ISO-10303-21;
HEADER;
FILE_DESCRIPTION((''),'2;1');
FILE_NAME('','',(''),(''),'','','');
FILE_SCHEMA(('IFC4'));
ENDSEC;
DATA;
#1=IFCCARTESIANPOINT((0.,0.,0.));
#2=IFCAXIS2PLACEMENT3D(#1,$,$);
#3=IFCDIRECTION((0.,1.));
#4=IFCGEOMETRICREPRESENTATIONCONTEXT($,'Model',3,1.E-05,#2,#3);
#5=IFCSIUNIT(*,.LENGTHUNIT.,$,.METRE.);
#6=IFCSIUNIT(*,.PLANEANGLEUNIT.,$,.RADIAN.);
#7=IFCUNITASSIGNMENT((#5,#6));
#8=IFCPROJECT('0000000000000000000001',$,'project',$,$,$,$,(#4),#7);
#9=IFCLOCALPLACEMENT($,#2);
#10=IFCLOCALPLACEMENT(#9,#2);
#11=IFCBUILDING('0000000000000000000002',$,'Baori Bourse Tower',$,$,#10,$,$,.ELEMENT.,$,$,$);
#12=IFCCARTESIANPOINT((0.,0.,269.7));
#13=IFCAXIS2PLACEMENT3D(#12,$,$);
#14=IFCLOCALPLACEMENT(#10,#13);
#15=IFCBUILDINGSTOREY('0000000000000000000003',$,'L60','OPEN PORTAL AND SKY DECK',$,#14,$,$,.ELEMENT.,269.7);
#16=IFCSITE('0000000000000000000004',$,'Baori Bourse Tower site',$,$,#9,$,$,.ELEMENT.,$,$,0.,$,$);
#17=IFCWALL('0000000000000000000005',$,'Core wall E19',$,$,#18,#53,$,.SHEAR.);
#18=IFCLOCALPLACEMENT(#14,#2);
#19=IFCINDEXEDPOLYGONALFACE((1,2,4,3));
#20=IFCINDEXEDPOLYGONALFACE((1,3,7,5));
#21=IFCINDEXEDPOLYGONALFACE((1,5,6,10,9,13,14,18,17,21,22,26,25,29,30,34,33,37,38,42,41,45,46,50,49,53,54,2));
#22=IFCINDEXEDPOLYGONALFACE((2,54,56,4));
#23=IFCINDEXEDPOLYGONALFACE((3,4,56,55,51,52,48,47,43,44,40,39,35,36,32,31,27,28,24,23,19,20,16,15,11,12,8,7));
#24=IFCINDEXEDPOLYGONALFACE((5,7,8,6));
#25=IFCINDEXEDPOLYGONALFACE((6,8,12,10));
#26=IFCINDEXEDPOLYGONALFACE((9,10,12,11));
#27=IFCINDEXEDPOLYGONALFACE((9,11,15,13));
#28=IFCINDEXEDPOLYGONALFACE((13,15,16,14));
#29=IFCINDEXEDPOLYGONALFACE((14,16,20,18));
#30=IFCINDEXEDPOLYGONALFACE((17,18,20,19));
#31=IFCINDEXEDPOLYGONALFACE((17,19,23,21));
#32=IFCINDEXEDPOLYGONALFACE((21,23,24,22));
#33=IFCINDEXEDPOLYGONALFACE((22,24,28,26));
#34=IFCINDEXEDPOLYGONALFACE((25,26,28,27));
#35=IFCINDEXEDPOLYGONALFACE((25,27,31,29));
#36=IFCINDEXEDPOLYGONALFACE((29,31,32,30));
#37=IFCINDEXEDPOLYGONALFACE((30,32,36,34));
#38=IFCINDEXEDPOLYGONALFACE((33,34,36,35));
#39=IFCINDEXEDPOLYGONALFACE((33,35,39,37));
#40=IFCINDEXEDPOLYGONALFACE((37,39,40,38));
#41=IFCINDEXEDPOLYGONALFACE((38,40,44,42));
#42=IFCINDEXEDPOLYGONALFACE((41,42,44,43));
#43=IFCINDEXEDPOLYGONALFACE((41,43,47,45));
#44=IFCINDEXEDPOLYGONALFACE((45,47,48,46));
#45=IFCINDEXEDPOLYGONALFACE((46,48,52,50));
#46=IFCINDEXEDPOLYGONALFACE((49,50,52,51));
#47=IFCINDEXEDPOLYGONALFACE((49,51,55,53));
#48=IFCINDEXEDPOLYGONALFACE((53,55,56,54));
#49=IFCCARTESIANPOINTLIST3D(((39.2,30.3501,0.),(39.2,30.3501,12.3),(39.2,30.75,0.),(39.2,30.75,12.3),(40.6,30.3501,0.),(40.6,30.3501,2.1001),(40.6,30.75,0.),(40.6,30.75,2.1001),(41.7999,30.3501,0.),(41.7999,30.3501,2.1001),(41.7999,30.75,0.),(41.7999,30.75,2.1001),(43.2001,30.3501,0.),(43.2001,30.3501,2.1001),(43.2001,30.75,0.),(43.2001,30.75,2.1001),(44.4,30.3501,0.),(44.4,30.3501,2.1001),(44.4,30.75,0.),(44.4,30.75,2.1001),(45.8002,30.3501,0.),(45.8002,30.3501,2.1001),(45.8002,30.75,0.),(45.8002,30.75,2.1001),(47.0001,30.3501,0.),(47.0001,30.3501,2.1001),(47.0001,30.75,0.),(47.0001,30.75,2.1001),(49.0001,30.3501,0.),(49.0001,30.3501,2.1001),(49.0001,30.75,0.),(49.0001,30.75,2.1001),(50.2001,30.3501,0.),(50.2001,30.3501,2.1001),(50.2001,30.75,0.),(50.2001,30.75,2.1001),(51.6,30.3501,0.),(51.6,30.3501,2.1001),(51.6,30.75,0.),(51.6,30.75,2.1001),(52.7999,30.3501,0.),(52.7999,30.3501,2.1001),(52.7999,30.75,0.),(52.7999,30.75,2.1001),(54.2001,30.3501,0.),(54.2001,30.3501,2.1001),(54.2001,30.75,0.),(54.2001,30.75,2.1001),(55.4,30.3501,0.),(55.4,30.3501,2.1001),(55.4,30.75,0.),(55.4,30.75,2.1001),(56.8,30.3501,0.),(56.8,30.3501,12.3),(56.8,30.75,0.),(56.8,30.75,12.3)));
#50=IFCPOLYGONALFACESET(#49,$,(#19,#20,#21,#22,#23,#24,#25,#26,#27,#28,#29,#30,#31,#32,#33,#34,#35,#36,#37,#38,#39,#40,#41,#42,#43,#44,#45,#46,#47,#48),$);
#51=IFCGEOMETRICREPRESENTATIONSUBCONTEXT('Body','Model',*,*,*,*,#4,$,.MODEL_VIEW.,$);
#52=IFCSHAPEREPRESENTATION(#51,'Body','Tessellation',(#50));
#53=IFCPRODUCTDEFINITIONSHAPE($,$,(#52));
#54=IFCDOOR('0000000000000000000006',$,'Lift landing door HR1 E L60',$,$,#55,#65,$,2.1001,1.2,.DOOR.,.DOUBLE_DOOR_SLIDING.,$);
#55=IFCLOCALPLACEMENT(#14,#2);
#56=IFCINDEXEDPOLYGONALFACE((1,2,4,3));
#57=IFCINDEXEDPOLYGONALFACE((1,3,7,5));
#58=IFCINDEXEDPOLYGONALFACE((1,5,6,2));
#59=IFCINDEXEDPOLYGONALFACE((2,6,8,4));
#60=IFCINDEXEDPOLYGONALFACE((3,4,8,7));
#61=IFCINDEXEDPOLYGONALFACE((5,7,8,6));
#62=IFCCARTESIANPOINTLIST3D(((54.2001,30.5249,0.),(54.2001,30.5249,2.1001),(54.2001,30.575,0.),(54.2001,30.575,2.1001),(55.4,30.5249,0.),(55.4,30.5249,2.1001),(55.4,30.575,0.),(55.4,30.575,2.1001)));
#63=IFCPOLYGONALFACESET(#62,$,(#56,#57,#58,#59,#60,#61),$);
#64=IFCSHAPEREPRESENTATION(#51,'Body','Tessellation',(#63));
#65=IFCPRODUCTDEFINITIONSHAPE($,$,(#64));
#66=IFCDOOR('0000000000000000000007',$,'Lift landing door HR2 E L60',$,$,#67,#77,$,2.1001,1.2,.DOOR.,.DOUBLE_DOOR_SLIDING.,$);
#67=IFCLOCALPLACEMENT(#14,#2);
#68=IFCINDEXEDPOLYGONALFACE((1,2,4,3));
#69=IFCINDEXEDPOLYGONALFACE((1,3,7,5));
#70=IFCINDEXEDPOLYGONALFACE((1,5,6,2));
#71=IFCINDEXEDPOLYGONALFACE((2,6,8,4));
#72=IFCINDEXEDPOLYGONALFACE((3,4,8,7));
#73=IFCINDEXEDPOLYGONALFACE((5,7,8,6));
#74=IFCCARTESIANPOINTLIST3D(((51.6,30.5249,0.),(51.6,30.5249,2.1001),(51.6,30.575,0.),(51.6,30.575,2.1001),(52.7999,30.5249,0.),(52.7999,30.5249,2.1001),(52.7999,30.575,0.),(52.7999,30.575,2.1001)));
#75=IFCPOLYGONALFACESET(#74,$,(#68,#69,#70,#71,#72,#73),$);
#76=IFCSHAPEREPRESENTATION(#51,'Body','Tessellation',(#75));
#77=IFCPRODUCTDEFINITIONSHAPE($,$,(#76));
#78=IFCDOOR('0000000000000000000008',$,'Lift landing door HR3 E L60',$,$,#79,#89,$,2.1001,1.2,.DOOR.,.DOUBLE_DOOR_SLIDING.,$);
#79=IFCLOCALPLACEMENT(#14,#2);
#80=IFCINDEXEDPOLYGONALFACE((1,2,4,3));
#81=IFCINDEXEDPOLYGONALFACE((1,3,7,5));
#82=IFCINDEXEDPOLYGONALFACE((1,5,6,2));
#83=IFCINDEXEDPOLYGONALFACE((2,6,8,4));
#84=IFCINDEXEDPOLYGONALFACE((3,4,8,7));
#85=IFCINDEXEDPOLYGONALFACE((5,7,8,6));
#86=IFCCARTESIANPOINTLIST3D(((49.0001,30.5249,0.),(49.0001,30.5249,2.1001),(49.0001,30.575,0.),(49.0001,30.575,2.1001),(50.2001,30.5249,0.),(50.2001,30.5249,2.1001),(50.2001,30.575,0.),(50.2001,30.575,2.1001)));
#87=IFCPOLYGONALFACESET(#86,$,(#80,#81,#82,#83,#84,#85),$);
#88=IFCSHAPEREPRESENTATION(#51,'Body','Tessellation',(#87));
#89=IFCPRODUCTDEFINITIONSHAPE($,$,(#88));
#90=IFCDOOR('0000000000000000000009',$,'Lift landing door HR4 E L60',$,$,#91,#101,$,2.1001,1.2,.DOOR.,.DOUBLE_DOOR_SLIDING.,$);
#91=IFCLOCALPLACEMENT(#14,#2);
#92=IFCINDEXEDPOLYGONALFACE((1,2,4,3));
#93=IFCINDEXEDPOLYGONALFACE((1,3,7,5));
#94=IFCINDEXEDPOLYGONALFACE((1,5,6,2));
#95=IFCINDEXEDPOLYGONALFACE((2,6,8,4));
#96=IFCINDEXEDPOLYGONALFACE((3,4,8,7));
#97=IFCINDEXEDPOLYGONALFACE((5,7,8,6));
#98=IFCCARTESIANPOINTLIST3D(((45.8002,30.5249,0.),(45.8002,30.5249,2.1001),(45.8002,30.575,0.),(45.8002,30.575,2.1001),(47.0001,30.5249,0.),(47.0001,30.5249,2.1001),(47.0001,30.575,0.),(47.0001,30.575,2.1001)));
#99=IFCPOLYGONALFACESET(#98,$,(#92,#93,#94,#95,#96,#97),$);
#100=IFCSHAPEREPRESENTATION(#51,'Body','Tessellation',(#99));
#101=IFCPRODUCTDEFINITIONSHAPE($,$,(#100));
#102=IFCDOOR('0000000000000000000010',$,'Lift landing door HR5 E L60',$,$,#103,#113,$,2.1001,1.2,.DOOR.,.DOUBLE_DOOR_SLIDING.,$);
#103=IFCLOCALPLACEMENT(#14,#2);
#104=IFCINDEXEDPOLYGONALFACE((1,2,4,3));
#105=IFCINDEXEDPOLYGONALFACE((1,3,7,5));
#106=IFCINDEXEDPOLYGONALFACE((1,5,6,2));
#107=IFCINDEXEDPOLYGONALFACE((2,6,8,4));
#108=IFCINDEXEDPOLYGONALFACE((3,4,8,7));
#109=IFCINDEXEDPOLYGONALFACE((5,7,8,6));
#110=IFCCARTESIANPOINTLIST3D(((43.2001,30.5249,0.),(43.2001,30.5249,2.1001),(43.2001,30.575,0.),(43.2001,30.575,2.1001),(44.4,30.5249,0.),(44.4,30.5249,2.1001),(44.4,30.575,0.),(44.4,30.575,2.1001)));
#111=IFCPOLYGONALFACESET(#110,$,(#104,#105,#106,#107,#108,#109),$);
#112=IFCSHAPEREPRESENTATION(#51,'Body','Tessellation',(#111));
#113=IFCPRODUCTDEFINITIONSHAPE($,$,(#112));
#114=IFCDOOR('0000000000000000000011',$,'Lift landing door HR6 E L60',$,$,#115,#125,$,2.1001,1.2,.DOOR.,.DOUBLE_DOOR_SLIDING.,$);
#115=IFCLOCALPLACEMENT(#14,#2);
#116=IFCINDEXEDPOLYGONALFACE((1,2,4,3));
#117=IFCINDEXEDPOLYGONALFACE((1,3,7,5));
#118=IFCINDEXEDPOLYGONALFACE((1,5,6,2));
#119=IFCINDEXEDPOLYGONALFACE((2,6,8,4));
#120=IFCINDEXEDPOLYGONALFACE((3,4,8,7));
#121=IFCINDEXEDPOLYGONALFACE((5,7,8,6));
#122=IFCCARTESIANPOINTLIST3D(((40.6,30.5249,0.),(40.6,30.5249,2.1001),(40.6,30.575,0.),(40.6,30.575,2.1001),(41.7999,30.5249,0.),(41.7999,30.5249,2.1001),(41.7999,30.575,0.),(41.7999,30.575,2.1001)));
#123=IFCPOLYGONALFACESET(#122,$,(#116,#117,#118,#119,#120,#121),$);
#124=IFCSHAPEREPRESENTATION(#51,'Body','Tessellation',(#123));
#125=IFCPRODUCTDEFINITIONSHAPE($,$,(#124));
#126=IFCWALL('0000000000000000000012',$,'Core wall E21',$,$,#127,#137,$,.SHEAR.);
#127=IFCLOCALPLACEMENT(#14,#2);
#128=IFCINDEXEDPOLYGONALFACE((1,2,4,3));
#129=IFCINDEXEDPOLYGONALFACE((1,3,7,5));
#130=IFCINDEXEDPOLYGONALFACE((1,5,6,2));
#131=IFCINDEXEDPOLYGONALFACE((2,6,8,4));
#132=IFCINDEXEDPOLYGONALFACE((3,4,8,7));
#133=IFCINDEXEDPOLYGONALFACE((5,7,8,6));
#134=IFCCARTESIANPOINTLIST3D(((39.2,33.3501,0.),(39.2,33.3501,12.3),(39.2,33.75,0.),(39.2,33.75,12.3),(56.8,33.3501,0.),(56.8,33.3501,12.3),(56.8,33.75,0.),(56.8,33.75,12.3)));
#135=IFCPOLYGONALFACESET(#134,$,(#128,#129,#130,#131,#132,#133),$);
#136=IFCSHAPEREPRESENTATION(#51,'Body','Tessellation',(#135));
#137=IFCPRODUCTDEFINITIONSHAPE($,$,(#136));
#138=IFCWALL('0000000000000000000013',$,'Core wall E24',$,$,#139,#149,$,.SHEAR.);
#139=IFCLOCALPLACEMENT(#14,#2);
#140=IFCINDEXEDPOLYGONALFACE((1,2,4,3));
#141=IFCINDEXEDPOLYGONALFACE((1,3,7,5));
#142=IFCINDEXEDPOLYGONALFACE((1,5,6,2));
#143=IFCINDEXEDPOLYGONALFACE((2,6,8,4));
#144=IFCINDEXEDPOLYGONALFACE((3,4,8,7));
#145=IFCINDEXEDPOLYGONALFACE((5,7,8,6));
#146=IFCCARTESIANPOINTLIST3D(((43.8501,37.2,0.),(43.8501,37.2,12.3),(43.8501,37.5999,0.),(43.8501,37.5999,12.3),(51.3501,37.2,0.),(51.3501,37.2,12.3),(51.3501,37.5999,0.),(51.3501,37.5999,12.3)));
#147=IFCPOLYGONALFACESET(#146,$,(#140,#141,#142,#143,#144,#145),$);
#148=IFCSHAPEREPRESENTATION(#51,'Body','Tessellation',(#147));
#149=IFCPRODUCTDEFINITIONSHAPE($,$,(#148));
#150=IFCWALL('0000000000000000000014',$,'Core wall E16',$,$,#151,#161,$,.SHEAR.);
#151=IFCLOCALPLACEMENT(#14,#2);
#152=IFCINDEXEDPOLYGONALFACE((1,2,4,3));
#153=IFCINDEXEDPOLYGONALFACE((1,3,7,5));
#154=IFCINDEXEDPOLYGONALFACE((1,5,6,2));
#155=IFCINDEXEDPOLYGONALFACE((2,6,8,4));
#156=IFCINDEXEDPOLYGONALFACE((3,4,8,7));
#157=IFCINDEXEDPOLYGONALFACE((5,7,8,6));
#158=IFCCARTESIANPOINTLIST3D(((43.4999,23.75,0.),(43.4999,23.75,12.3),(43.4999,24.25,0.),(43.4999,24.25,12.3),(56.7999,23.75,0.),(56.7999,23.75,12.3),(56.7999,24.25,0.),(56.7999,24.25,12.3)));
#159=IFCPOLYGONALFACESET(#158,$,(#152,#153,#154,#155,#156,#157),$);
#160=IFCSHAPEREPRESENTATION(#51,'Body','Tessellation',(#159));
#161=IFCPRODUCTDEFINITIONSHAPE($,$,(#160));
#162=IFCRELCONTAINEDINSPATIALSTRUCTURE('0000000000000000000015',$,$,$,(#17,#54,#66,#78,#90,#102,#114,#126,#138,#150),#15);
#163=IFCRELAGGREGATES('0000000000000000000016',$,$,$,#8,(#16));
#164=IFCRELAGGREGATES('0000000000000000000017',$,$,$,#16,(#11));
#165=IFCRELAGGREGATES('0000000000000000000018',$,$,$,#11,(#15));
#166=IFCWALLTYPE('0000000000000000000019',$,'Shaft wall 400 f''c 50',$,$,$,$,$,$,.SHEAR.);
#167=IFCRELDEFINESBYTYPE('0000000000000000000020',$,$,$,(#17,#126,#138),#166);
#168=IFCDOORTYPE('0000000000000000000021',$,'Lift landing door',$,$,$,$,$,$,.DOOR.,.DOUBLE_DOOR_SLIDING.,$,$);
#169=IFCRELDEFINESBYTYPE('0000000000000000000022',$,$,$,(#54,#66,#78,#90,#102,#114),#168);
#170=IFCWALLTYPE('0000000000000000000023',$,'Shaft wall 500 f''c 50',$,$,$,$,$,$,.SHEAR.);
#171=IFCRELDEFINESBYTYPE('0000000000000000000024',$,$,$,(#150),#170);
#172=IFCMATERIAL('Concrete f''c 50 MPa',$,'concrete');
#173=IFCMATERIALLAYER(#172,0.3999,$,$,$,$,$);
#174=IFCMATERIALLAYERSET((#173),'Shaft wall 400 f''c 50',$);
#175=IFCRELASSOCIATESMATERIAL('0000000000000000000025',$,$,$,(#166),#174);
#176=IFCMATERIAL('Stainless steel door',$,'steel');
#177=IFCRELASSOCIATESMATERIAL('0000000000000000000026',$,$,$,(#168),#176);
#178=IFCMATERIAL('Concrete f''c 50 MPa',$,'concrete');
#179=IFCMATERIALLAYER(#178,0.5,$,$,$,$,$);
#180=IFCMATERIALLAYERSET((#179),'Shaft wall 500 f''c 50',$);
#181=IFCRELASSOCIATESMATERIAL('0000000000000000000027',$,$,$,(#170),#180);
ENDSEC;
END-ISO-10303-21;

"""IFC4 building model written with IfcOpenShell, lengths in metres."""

from ifc_helpers import new_model, si_unit, direction, frame, frame_2d, origin, place, context, subcontext, project, spatial, rectangle, extrude, material, layer, layer_set, type_object, element, fill, save


model = new_model("IFC4")

# Units and contexts
model_context = context("Model", 3, precision=1e-05, world=origin(), true_north=direction((0.0, 1.0)))
body_context = subcontext(model_context, "Body", "Model", "MODEL_VIEW")
ifc_project = project(units=[si_unit("LENGTHUNIT", "METRE"), si_unit("PLANEANGLEUNIT", "RADIAN")], contexts=[model_context])

# Site, building, storey
site_placement = place(None, origin())
site = spatial("IfcSite", under=ifc_project, at=site_placement, Name="Baori Bourse Tower site", CompositionType="ELEMENT", RefElevation=0.0)
building_placement = place(site_placement, origin())
building = spatial("IfcBuilding", under=site, at=building_placement, Name="Baori Bourse Tower", CompositionType="ELEMENT")
storey_placement = place(building_placement, frame((0.0, 0.0, 269.7)))
storey = spatial("IfcBuildingStorey", under=building, at=storey_placement, Name="L60", Description="OPEN PORTAL AND SKY DECK", CompositionType="ELEMENT", Elevation=269.7)

# Wall, openings, doors
ifc_material_1 = material(Name="Concrete f'c 50 MPa", Category="concrete")
ifc_layer_1 = layer(ifc_material_1, 0.3999)
ifc_layer_set_1 = layer_set([ifc_layer_1], Name="Shaft wall 400 f'c 50")
wall_type_1 = type_object("IfcWallType", Name="Shaft wall 400 f'c 50", PredefinedType="SHEAR", material=ifc_layer_set_1)
ifc_material_2 = material(Name="Stainless steel door", Category="steel")
door_type_1 = type_object("IfcDoorType", Name="Lift landing door", OperationType="DOUBLE_DOOR_SLIDING", PredefinedType="DOOR", material=ifc_material_2)
wall_1_placement = place(storey_placement, frame((39.2, 30.55, 0.0), z_axis=(0.0, 0.0, 1.0), x_axis=(1.0, 0.0, 0.0)))
wall_1 = element("IfcWall", 1, at=wall_1_placement, inside=storey, type_object=wall_type_1, Name="Core wall E19", PredefinedType="SHEAR", context=body_context, shape_type="SweptSolid", body=[
    extrude(rectangle(XDim=17.6001, YDim=0.3999, at=frame_2d((8.8, 0.0))), origin(), (0.0, 0.0, 1.0), 12.3),
])
opening_1_placement = place(wall_1_placement, frame((15.0, 0.0, 0.0)))
opening_1 = element("IfcOpeningElement", 2, at=opening_1_placement, cuts=wall_1, PredefinedType="OPENING", context=body_context, shape_type="SweptSolid", body=[
    extrude(rectangle(XDim=1.2, YDim=2.1001, at=frame_2d((0.6001, 1.05))), frame((0.0, 0.21, 0.0), z_axis=(0.0, -1.0, 0.0), x_axis=(1.0, 0.0, 0.0)), (0.0, 0.0, 1.0), 0.4199),
])
opening_2_placement = place(wall_1_placement, frame((12.3999, 0.0, 0.0)))
opening_2 = element("IfcOpeningElement", 3, at=opening_2_placement, cuts=wall_1, PredefinedType="OPENING", context=body_context, shape_type="SweptSolid", body=[
    extrude(rectangle(XDim=1.2, YDim=2.1001, at=frame_2d((0.6001, 1.05))), frame((0.0, 0.21, 0.0), z_axis=(0.0, -1.0, 0.0), x_axis=(1.0, 0.0, 0.0)), (0.0, 0.0, 1.0), 0.4199),
])
opening_3_placement = place(wall_1_placement, frame((9.8, 0.0, 0.0)))
opening_3 = element("IfcOpeningElement", 4, at=opening_3_placement, cuts=wall_1, PredefinedType="OPENING", context=body_context, shape_type="SweptSolid", body=[
    extrude(rectangle(XDim=1.2, YDim=2.1001, at=frame_2d((0.6001, 1.05))), frame((0.0, 0.21, 0.0), z_axis=(0.0, -1.0, 0.0), x_axis=(1.0, 0.0, 0.0)), (0.0, 0.0, 1.0), 0.4199),
])
opening_4_placement = place(wall_1_placement, frame((6.6001, 0.0, 0.0)))
opening_4 = element("IfcOpeningElement", 5, at=opening_4_placement, cuts=wall_1, PredefinedType="OPENING", context=body_context, shape_type="SweptSolid", body=[
    extrude(rectangle(XDim=1.2, YDim=2.1001, at=frame_2d((0.6001, 1.05))), frame((0.0, 0.21, 0.0), z_axis=(0.0, -1.0, 0.0), x_axis=(1.0, 0.0, 0.0)), (0.0, 0.0, 1.0), 0.4199),
])
opening_5_placement = place(wall_1_placement, frame((4.0, 0.0, 0.0)))
opening_5 = element("IfcOpeningElement", 6, at=opening_5_placement, cuts=wall_1, PredefinedType="OPENING", context=body_context, shape_type="SweptSolid", body=[
    extrude(rectangle(XDim=1.2, YDim=2.1001, at=frame_2d((0.6001, 1.05))), frame((0.0, 0.21, 0.0), z_axis=(0.0, -1.0, 0.0), x_axis=(1.0, 0.0, 0.0)), (0.0, 0.0, 1.0), 0.4199),
])
opening_6_placement = place(wall_1_placement, frame((1.3999, 0.0, 0.0)))
opening_6 = element("IfcOpeningElement", 7, at=opening_6_placement, cuts=wall_1, PredefinedType="OPENING", context=body_context, shape_type="SweptSolid", body=[
    extrude(rectangle(XDim=1.2, YDim=2.1001, at=frame_2d((0.6001, 1.05))), frame((0.0, 0.21, 0.0), z_axis=(0.0, -1.0, 0.0), x_axis=(1.0, 0.0, 0.0)), (0.0, 0.0, 1.0), 0.4199),
])
door_1_placement = place(opening_1_placement, origin())
door_1 = element("IfcDoor", 8, at=door_1_placement, inside=storey, type_object=door_type_1, Name="Lift landing door HR1 E L60", OperationType="DOUBLE_DOOR_SLIDING", OverallHeight=2.1001, OverallWidth=1.2, PredefinedType="DOOR", context=body_context, shape_type="SweptSolid", body=[
    extrude(rectangle(XDim=1.2, YDim=2.1001, at=frame_2d((0.6001, 1.05))), frame((0.0, 0.0249, 0.0), z_axis=(0.0, -1.0, 0.0), x_axis=(1.0, 0.0, 0.0)), (0.0, 0.0, 1.0), 0.05),
])
fill(opening_1, door_1)
door_2_placement = place(opening_2_placement, origin())
door_2 = element("IfcDoor", 9, at=door_2_placement, inside=storey, type_object=door_type_1, Name="Lift landing door HR2 E L60", OperationType="DOUBLE_DOOR_SLIDING", OverallHeight=2.1001, OverallWidth=1.2, PredefinedType="DOOR", context=body_context, shape_type="SweptSolid", body=[
    extrude(rectangle(XDim=1.2, YDim=2.1001, at=frame_2d((0.6001, 1.05))), frame((0.0, 0.0249, 0.0), z_axis=(0.0, -1.0, 0.0), x_axis=(1.0, 0.0, 0.0)), (0.0, 0.0, 1.0), 0.05),
])
fill(opening_2, door_2)
door_3_placement = place(opening_3_placement, origin())
door_3 = element("IfcDoor", 10, at=door_3_placement, inside=storey, type_object=door_type_1, Name="Lift landing door HR3 E L60", OperationType="DOUBLE_DOOR_SLIDING", OverallHeight=2.1001, OverallWidth=1.2, PredefinedType="DOOR", context=body_context, shape_type="SweptSolid", body=[
    extrude(rectangle(XDim=1.2, YDim=2.1001, at=frame_2d((0.6001, 1.05))), frame((0.0, 0.0249, 0.0), z_axis=(0.0, -1.0, 0.0), x_axis=(1.0, 0.0, 0.0)), (0.0, 0.0, 1.0), 0.05),
])
fill(opening_3, door_3)
door_4_placement = place(opening_4_placement, origin())
door_4 = element("IfcDoor", 11, at=door_4_placement, inside=storey, type_object=door_type_1, Name="Lift landing door HR4 E L60", OperationType="DOUBLE_DOOR_SLIDING", OverallHeight=2.1001, OverallWidth=1.2, PredefinedType="DOOR", context=body_context, shape_type="SweptSolid", body=[
    extrude(rectangle(XDim=1.2, YDim=2.1001, at=frame_2d((0.6001, 1.05))), frame((0.0, 0.0249, 0.0), z_axis=(0.0, -1.0, 0.0), x_axis=(1.0, 0.0, 0.0)), (0.0, 0.0, 1.0), 0.05),
])
fill(opening_4, door_4)
door_5_placement = place(opening_5_placement, origin())
door_5 = element("IfcDoor", 12, at=door_5_placement, inside=storey, type_object=door_type_1, Name="Lift landing door HR5 E L60", OperationType="DOUBLE_DOOR_SLIDING", OverallHeight=2.1001, OverallWidth=1.2, PredefinedType="DOOR", context=body_context, shape_type="SweptSolid", body=[
    extrude(rectangle(XDim=1.2, YDim=2.1001, at=frame_2d((0.6001, 1.05))), frame((0.0, 0.0249, 0.0), z_axis=(0.0, -1.0, 0.0), x_axis=(1.0, 0.0, 0.0)), (0.0, 0.0, 1.0), 0.05),
])
fill(opening_5, door_5)
door_6_placement = place(opening_6_placement, origin())
door_6 = element("IfcDoor", 13, at=door_6_placement, inside=storey, type_object=door_type_1, Name="Lift landing door HR6 E L60", OperationType="DOUBLE_DOOR_SLIDING", OverallHeight=2.1001, OverallWidth=1.2, PredefinedType="DOOR", context=body_context, shape_type="SweptSolid", body=[
    extrude(rectangle(XDim=1.2, YDim=2.1001, at=frame_2d((0.6001, 1.05))), frame((0.0, 0.0249, 0.0), z_axis=(0.0, -1.0, 0.0), x_axis=(1.0, 0.0, 0.0)), (0.0, 0.0, 1.0), 0.05),
])
fill(opening_6, door_6)

# Walls
wall_2_placement = place(storey_placement, frame((39.2, 33.55, 0.0), z_axis=(0.0, 0.0, 1.0), x_axis=(1.0, 0.0, 0.0)))
element("IfcWall", 14, at=wall_2_placement, inside=storey, type_object=wall_type_1, Name="Core wall E21", PredefinedType="SHEAR", context=body_context, shape_type="SweptSolid", body=[
    extrude(rectangle(XDim=17.6001, YDim=0.3999, at=frame_2d((8.8, 0.0))), origin(), (0.0, 0.0, 1.0), 12.3),
])
wall_3_placement = place(storey_placement, frame((43.8501, 37.3999, 0.0), z_axis=(0.0, 0.0, 1.0), x_axis=(1.0, 0.0, 0.0)))
element("IfcWall", 15, at=wall_3_placement, inside=storey, type_object=wall_type_1, Name="Core wall E24", PredefinedType="SHEAR", context=body_context, shape_type="SweptSolid", body=[
    extrude(rectangle(XDim=7.5, YDim=0.3999, at=frame_2d((3.75, 0.0))), origin(), (0.0, 0.0, 1.0), 12.3),
])
ifc_material_3 = material(Name="Concrete f'c 50 MPa", Category="concrete")
ifc_layer_2 = layer(ifc_material_3, 0.5)
ifc_layer_set_2 = layer_set([ifc_layer_2], Name="Shaft wall 500 f'c 50")
wall_type_2 = type_object("IfcWallType", Name="Shaft wall 500 f'c 50", PredefinedType="SHEAR", material=ifc_layer_set_2)
wall_4_placement = place(storey_placement, frame((43.5, 24.0, 0.0), z_axis=(0.0, 0.0, 1.0), x_axis=(1.0, 0.0, 0.0)))
element("IfcWall", 16, at=wall_4_placement, inside=storey, type_object=wall_type_2, Name="Core wall E16", PredefinedType="SHEAR", context=body_context, shape_type="SweptSolid", body=[
    extrude(rectangle(XDim=13.3, YDim=0.5, at=frame_2d((6.6499, 0.0))), origin(), (0.0, 0.0, 1.0), 12.3),
])

save(model, "model.ifc")
